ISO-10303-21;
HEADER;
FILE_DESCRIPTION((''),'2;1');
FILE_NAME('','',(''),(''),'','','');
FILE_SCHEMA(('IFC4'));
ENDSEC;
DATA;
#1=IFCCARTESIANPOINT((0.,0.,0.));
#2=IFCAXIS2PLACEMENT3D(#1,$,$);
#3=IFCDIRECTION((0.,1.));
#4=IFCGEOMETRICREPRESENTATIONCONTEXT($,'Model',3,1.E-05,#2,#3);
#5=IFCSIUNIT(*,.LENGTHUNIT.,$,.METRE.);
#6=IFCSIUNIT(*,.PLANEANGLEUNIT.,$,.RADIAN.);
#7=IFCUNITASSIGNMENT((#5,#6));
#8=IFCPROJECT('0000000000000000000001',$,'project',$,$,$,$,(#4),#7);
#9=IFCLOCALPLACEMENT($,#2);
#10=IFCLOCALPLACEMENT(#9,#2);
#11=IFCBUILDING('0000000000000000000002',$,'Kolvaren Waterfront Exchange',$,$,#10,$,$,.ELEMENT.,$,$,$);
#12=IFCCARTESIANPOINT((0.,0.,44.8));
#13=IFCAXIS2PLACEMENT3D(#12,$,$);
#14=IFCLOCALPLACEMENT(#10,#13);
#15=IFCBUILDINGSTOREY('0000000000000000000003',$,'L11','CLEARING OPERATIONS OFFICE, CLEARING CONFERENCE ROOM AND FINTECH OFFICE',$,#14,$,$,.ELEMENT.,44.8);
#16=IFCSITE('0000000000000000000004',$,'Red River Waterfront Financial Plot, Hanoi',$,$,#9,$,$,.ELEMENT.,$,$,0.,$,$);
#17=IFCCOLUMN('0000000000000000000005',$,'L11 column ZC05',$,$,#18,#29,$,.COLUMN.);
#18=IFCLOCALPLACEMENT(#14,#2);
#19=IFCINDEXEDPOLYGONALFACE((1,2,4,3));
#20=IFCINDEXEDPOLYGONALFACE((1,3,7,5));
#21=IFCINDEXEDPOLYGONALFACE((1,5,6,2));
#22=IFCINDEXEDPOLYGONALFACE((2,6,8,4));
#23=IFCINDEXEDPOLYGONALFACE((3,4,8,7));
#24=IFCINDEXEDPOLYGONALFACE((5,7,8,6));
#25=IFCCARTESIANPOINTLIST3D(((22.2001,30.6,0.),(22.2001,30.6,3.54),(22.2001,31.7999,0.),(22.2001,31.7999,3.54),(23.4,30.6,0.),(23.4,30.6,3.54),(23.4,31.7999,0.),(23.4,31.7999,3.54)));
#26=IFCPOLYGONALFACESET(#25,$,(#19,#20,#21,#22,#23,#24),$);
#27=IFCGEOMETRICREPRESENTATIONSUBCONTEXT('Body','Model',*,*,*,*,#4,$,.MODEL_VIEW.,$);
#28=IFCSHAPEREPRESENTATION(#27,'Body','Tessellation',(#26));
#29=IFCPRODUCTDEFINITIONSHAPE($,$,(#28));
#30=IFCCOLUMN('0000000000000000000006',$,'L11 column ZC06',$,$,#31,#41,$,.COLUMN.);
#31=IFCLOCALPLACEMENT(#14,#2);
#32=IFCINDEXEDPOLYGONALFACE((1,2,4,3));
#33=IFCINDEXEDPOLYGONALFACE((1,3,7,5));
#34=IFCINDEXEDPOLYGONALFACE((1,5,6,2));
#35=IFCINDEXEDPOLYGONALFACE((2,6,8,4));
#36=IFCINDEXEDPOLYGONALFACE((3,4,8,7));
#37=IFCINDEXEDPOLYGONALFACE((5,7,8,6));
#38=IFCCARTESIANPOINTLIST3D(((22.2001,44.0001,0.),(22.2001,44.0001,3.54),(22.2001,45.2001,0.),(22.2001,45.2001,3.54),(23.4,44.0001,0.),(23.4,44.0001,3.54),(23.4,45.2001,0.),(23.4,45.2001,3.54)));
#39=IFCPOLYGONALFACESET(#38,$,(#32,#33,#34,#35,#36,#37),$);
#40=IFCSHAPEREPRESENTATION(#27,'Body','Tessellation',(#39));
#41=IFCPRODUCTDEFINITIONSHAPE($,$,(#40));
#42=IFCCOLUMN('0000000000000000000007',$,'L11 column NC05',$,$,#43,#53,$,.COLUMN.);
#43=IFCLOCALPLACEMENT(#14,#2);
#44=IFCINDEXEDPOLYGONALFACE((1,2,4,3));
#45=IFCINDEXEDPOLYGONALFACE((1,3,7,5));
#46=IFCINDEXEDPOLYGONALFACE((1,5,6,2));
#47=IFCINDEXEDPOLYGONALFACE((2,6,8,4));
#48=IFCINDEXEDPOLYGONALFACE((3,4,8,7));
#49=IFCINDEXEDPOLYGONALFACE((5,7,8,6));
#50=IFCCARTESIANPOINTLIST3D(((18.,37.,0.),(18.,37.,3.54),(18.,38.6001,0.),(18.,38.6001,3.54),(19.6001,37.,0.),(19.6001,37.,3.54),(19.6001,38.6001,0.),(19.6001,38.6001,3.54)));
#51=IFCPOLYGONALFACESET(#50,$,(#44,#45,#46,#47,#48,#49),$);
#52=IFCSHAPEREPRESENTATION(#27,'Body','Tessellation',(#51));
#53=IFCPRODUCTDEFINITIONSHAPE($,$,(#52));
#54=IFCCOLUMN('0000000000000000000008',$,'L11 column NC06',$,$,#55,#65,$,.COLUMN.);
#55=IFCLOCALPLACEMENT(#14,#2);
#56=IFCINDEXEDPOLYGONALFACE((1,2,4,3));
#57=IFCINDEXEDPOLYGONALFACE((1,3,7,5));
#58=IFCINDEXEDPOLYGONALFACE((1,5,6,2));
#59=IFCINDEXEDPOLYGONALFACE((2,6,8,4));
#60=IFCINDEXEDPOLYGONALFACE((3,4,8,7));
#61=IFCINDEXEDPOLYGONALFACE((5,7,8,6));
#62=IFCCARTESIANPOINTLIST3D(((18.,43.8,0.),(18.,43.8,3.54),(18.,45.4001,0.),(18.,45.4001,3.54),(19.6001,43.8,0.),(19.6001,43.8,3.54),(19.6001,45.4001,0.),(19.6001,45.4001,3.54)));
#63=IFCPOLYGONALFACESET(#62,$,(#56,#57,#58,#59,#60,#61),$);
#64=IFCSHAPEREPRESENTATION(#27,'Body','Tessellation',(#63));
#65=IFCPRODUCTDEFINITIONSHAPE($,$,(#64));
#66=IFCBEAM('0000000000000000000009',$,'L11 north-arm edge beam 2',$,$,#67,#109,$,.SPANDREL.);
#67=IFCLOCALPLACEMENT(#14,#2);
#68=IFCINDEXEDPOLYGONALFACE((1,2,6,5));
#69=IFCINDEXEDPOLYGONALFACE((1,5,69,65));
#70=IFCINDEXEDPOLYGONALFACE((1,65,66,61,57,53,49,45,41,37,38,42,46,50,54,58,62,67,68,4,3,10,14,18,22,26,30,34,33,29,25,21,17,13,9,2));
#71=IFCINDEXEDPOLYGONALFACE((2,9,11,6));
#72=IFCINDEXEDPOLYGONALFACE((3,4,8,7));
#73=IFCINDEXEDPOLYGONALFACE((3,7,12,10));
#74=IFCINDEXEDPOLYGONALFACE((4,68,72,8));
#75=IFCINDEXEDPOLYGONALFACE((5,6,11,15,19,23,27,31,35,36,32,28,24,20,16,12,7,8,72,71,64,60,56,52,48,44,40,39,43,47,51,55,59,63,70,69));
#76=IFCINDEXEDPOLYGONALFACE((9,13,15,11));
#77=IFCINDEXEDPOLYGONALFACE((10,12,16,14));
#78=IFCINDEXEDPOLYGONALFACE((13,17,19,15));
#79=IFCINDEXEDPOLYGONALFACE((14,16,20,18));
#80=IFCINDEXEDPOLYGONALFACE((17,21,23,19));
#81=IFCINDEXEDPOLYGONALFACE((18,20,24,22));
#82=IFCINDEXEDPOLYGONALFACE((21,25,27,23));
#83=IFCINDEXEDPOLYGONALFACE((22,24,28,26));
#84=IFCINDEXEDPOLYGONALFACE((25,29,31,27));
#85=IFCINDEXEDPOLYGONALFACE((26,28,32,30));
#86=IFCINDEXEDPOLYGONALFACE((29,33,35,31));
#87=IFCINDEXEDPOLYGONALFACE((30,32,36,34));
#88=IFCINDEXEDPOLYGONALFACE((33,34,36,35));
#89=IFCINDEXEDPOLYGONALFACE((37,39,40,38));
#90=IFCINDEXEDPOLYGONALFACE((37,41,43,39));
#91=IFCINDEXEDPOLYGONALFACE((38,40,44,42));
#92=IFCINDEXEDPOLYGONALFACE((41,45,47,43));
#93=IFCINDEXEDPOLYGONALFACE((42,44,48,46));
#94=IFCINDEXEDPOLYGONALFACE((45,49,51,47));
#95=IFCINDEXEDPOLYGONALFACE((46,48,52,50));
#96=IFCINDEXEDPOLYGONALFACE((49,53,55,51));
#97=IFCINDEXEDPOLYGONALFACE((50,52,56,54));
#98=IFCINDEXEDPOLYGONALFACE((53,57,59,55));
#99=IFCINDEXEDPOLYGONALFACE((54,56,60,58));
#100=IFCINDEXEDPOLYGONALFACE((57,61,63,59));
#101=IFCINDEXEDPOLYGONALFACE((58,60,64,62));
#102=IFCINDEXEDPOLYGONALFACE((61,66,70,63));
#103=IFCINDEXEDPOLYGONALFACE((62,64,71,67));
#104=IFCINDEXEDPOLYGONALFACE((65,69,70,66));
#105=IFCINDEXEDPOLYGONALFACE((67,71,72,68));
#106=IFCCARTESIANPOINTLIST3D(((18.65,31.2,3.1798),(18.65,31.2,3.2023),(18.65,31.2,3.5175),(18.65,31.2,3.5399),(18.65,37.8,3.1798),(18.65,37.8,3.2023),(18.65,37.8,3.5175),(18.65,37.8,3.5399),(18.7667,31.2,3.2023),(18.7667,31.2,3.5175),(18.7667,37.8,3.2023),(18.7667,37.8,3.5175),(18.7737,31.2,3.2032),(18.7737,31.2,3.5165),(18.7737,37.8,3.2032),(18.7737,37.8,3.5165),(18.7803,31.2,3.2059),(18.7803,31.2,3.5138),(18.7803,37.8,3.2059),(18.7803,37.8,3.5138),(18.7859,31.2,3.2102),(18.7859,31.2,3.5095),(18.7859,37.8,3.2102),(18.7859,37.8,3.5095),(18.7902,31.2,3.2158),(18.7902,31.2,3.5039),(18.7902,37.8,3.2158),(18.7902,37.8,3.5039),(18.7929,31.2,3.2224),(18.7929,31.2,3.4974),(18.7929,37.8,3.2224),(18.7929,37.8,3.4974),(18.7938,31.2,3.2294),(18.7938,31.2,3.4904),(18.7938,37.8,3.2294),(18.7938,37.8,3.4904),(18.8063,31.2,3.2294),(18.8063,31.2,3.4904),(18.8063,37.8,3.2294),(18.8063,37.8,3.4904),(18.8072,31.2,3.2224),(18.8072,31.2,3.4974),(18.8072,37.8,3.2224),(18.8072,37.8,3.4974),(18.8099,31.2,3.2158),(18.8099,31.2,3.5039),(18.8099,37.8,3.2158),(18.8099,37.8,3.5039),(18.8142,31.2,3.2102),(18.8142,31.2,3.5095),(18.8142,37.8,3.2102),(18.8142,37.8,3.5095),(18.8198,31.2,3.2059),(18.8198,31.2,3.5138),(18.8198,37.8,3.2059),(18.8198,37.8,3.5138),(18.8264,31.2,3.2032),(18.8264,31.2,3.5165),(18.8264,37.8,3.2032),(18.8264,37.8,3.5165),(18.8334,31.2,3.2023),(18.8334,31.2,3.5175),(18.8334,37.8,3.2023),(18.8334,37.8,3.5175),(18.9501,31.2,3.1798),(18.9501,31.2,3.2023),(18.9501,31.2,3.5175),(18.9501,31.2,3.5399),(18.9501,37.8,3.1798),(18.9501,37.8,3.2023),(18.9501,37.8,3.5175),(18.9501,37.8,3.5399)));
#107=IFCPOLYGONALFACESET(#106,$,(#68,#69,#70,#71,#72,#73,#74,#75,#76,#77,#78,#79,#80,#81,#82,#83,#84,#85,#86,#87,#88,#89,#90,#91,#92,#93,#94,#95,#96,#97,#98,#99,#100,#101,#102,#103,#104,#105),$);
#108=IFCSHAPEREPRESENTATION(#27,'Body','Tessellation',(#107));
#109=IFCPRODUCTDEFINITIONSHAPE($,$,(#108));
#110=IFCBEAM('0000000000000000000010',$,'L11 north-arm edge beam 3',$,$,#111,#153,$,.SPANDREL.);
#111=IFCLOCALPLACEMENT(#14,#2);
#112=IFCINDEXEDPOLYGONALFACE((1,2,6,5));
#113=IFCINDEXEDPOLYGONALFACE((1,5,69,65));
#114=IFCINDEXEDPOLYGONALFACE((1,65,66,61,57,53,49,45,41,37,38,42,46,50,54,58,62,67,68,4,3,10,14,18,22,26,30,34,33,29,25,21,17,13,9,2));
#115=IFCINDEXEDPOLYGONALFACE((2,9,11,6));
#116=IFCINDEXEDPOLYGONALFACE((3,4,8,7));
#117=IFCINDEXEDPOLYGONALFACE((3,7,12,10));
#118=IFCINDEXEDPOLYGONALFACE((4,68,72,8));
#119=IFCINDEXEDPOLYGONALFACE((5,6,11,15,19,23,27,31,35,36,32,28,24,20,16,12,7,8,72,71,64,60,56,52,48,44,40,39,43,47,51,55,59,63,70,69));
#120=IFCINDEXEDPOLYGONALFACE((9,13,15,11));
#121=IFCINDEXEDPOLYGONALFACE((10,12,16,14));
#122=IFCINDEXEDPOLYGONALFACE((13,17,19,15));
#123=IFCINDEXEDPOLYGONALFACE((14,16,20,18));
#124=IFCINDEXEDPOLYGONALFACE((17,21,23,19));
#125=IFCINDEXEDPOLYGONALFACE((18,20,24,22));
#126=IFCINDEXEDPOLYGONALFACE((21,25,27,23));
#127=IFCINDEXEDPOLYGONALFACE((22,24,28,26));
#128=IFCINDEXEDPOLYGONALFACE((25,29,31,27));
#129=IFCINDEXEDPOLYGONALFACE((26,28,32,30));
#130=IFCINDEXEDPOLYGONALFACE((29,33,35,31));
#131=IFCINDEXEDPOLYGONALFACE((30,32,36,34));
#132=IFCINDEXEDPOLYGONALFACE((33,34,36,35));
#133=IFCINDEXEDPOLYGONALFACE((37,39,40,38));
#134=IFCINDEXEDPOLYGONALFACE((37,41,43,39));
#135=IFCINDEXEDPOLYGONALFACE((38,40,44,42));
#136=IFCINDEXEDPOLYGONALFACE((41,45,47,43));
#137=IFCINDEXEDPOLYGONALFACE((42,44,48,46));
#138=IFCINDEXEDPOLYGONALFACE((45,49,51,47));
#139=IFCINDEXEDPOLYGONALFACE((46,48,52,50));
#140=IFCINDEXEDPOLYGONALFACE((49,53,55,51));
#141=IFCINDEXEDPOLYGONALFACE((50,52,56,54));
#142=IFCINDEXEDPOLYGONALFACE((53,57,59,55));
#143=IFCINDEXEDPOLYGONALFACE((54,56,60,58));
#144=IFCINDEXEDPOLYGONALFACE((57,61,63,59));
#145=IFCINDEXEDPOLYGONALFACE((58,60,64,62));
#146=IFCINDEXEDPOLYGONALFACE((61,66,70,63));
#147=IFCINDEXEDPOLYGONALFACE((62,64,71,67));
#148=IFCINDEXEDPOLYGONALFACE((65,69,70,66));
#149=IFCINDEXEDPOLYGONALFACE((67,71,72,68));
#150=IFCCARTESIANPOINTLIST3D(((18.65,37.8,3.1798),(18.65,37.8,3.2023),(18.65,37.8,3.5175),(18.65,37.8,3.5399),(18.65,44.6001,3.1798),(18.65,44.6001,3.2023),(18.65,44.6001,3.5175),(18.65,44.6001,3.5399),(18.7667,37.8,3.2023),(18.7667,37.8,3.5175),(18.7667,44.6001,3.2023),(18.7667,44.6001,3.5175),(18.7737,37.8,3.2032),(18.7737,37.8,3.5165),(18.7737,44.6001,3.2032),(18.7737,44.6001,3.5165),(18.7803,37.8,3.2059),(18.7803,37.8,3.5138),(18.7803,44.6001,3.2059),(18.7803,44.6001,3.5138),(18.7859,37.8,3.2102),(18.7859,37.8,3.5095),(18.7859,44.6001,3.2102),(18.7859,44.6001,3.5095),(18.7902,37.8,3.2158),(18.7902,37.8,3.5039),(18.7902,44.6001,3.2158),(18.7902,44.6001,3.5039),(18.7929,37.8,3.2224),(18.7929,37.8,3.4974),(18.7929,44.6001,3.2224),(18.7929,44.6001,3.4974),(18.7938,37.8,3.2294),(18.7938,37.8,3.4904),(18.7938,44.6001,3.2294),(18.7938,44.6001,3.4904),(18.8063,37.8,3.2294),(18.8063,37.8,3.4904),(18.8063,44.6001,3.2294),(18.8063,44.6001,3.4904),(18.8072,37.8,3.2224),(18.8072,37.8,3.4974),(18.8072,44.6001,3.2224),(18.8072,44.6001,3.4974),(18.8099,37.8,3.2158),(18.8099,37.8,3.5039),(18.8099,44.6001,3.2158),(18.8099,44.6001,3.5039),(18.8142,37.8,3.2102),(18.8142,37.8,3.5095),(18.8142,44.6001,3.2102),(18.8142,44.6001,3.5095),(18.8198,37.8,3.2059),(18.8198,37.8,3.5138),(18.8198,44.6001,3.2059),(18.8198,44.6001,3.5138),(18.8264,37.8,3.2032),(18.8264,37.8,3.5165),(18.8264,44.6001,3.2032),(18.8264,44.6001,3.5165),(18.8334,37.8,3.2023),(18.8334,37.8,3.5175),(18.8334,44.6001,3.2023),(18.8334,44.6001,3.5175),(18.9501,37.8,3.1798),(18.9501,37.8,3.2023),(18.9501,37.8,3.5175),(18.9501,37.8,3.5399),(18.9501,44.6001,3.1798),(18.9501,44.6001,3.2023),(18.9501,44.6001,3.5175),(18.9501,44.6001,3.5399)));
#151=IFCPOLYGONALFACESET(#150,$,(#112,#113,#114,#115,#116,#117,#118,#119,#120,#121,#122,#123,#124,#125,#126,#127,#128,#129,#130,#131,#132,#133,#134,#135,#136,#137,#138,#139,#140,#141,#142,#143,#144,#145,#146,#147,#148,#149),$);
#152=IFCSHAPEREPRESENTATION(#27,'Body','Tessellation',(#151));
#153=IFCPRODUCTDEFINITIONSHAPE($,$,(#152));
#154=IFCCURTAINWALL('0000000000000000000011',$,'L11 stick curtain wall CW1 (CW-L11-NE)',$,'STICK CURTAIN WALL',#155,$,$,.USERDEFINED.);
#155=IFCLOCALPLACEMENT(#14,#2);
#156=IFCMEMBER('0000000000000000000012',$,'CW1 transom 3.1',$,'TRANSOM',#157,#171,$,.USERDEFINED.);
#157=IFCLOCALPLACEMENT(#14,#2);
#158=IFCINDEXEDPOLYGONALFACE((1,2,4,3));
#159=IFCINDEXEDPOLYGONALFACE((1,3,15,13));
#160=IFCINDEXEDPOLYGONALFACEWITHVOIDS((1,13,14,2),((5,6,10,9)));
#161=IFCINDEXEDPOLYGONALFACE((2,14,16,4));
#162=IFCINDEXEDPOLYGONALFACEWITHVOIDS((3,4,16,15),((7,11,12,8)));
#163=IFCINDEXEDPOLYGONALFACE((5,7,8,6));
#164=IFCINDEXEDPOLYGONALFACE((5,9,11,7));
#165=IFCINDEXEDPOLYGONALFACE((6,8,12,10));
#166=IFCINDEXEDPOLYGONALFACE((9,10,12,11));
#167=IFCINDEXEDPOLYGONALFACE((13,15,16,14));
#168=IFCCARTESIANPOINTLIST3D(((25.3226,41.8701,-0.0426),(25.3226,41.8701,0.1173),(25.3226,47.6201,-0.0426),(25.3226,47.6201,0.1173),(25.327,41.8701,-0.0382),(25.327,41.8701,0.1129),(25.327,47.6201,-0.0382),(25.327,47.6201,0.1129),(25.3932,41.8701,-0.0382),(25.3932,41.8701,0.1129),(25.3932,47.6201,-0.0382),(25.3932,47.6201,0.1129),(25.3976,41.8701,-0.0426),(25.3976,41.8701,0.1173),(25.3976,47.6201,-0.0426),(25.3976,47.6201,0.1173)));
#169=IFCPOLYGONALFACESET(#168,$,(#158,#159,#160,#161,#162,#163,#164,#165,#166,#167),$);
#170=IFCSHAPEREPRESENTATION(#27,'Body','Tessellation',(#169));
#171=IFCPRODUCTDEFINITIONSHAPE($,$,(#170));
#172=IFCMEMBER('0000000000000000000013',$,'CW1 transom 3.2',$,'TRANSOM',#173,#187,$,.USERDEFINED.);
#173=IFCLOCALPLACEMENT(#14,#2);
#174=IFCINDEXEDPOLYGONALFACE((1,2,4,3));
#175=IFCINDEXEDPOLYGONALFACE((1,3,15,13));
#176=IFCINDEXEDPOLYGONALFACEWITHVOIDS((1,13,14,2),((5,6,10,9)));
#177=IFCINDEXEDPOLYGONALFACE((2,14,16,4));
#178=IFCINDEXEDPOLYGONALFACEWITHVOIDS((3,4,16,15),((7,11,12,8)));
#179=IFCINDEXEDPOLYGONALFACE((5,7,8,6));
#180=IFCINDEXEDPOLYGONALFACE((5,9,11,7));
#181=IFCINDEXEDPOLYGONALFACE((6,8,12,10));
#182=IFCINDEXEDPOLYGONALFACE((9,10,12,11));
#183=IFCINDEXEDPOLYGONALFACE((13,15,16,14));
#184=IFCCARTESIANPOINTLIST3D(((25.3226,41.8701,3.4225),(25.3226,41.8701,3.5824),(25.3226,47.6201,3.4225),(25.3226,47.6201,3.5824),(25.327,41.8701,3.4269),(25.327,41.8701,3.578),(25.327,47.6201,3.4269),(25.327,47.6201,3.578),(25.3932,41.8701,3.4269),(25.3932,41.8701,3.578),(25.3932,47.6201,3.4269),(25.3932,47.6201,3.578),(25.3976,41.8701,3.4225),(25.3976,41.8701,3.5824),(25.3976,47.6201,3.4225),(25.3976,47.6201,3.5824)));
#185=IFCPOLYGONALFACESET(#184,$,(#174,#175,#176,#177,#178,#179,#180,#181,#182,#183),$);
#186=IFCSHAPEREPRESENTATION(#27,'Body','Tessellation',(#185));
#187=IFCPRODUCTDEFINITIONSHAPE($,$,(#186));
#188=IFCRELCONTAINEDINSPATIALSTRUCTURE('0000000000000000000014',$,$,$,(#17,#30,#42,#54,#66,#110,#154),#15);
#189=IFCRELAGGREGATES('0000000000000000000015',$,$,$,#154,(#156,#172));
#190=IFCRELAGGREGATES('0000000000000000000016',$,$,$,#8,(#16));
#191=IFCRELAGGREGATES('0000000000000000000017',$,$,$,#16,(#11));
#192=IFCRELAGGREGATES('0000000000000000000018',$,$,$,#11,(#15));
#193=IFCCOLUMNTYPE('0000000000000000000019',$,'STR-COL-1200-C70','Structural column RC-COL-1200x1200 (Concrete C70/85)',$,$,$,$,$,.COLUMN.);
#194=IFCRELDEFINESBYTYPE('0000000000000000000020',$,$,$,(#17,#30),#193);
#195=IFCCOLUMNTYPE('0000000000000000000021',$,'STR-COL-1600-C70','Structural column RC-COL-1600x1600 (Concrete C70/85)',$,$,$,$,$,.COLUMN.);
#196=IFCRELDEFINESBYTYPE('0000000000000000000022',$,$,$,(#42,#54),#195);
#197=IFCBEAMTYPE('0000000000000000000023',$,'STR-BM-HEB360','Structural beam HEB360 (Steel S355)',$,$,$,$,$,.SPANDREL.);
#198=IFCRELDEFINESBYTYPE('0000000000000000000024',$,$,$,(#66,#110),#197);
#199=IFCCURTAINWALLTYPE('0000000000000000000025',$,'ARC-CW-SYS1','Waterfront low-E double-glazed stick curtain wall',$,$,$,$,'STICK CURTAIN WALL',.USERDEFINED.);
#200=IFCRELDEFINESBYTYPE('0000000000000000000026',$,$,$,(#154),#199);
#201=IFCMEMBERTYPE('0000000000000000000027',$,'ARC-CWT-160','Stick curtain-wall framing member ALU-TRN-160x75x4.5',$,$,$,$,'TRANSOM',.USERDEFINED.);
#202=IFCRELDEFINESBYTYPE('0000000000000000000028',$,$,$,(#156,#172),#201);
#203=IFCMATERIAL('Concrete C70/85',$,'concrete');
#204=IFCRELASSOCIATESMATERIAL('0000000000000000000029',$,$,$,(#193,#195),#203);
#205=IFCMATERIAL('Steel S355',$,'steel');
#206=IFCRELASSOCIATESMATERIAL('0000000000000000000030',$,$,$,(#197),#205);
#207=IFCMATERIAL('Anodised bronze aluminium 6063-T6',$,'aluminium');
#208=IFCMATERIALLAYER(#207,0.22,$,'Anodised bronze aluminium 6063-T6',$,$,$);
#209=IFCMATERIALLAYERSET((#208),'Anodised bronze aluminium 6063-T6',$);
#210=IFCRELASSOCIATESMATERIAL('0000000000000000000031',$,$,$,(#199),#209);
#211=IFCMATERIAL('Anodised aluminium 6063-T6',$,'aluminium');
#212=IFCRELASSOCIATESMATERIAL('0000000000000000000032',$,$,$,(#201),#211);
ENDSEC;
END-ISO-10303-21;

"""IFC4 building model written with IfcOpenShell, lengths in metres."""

from ifc_helpers import new_model, si_unit, direction, frame, origin, origin_with_axes, origin_2d, place, context, subcontext, project, spatial, rectangle, hollow_rectangle, i_section, extrude, source, transform, mapped, material, layer, layer_set, material_profile, profile_set, type_object, element, aggregate, save


model = new_model("IFC4")

# Units and contexts
model_context = context("Model", 3, precision=1e-05, world=origin(), true_north=direction((0.0, 1.0)))
body_context = subcontext(model_context, "Body", "Model", "MODEL_VIEW")
ifc_project = project(units=[si_unit("LENGTHUNIT", "METRE"), si_unit("PLANEANGLEUNIT", "RADIAN")], contexts=[model_context])

# Site, building, storey
site_placement = place(None, origin())
site = spatial("IfcSite", under=ifc_project, at=site_placement, Name="Red River Waterfront Financial Plot, Hanoi", CompositionType="ELEMENT", RefElevation=0.0)
building_placement = place(site_placement, origin())
building = spatial("IfcBuilding", under=site, at=building_placement, Name="Kolvaren Waterfront Exchange", CompositionType="ELEMENT")
storey_placement = place(building_placement, frame((0.0, 0.0, 44.8)))
storey = spatial("IfcBuildingStorey", under=building, at=storey_placement, Name="L11", Description="CLEARING OPERATIONS OFFICE, CLEARING CONFERENCE ROOM AND FINTECH OFFICE", CompositionType="ELEMENT", Elevation=44.8)

# Columns
ifc_material_1 = material(Name="Concrete C70/85", Category="concrete")
ifc_material_profile_1 = material_profile(ifc_material_1, rectangle(XDim=1.2, YDim=1.2, at=origin_2d()), Name="RC-COL-1200x1200")
ifc_profile_set_1 = profile_set([ifc_material_profile_1], Name="Concrete C70/85")
column_type_1 = type_object("IfcColumnType", Name="STR-COL-1200-C70", Description="Structural column RC-COL-1200x1200 (Concrete C70/85)", PredefinedType="COLUMN", material=ifc_profile_set_1)
for number, where, z_axis, x_axis, name in (
    (1, (22.8, 31.2, 0.0), (0.0, 0.0, 1.0), (1.0, 0.0, 0.0), "L11 column ZC05"),
    (2, (22.8, 44.6001, 0.0), (0.0, 0.0, 1.0), (1.0, 0.0, 0.0), "L11 column ZC06"),
):
    element("IfcColumn", number, at=place(storey_placement, frame(where, z_axis=z_axis, x_axis=x_axis)), inside=storey, type_object=column_type_1, Name=name, PredefinedType="COLUMN", context=body_context, shape_type="SweptSolid", body=[
        extrude(rectangle(XDim=1.2, YDim=1.2, at=origin_2d()), origin(), (0.0, 0.0, 1.0), 3.54),
    ])
ifc_material_profile_2 = material_profile(ifc_material_1, rectangle(XDim=1.6001, YDim=1.6001, at=origin_2d()), Name="RC-COL-1600x1600")
ifc_profile_set_2 = profile_set([ifc_material_profile_2], Name="Concrete C70/85")
column_type_2 = type_object("IfcColumnType", Name="STR-COL-1600-C70", Description="Structural column RC-COL-1600x1600 (Concrete C70/85)", PredefinedType="COLUMN", material=ifc_profile_set_2)
for number, where, z_axis, x_axis, name in (
    (3, (18.8, 37.8, 0.0), (0.0, 0.0, 1.0), (1.0, 0.0, 0.0), "L11 column NC05"),
    (4, (18.8, 44.6001, 0.0), (0.0, 0.0, 1.0), (1.0, 0.0, 0.0), "L11 column NC06"),
):
    element("IfcColumn", number, at=place(storey_placement, frame(where, z_axis=z_axis, x_axis=x_axis)), inside=storey, type_object=column_type_2, Name=name, PredefinedType="COLUMN", context=body_context, shape_type="SweptSolid", body=[
        extrude(rectangle(XDim=1.6001, YDim=1.6001, at=origin_2d()), origin(), (0.0, 0.0, 1.0), 3.54),
    ])

# Beams
ifc_material_2 = material(Name="Steel S355", Category="steel")
ifc_material_profile_3 = material_profile(ifc_material_2, i_section(OverallWidth=0.3, OverallDepth=0.3601, WebThickness=0.0125, FlangeThickness=0.0225, FilletRadius=0.0271, at=origin_2d()), Name="HEB360")
ifc_profile_set_3 = profile_set([ifc_material_profile_3], Name="Steel S355")
beam_type = type_object("IfcBeamType", Name="STR-BM-HEB360", Description="Structural beam HEB360 (Steel S355)", PredefinedType="SPANDREL", material=ifc_profile_set_3)
beam_1_placement = place(storey_placement, frame((18.8, 31.2, 3.3599), z_axis=(0.0, 1.0, 0.0), x_axis=(-1.0, 0.0, 0.0)))
element("IfcBeam", 5, at=beam_1_placement, inside=storey, type_object=beam_type, Name="L11 north-arm edge beam 2", PredefinedType="SPANDREL", context=body_context, shape_type="SweptSolid", body=[
    extrude(i_section(OverallWidth=0.3, OverallDepth=0.3601, WebThickness=0.0125, FlangeThickness=0.0225, FilletRadius=0.0271, at=origin_2d()), origin(), (0.0, 0.0, 1.0), 6.6001),
])
beam_2_placement = place(storey_placement, frame((18.8, 37.8, 3.3599), z_axis=(0.0, 1.0, 0.0), x_axis=(-1.0, 0.0, 0.0)))
element("IfcBeam", 6, at=beam_2_placement, inside=storey, type_object=beam_type, Name="L11 north-arm edge beam 3", PredefinedType="SPANDREL", context=body_context, shape_type="SweptSolid", body=[
    extrude(i_section(OverallWidth=0.3, OverallDepth=0.3601, WebThickness=0.0125, FlangeThickness=0.0225, FilletRadius=0.0271, at=origin_2d()), origin(), (0.0, 0.0, 1.0), 6.8),
])

# Curtain wall, members
ifc_material_3 = material(Name="Anodised bronze aluminium 6063-T6", Category="aluminium")
ifc_layer_1 = layer(ifc_material_3, 0.22, Name="Anodised bronze aluminium 6063-T6")
ifc_layer_set_1 = layer_set([ifc_layer_1], Name="Anodised bronze aluminium 6063-T6")
curtain_wall_type = type_object("IfcCurtainWallType", Name="ARC-CW-SYS1", Description="Waterfront low-E double-glazed stick curtain wall", ElementType="STICK CURTAIN WALL", PredefinedType="USERDEFINED", material=ifc_layer_set_1)
curtain_wall_placement = place(storey_placement, origin())
curtain_wall = element("IfcCurtainWall", 7, at=curtain_wall_placement, inside=storey, type_object=curtain_wall_type, Name="L11 stick curtain wall CW1 (CW-L11-NE)", ObjectType="STICK CURTAIN WALL", PredefinedType="USERDEFINED")
ifc_material_4 = material(Name="Anodised aluminium 6063-T6", Category="aluminium")
ifc_material_profile_4 = material_profile(ifc_material_4, hollow_rectangle(XDim=0.075, YDim=0.1599, WallThickness=0.0044, at=origin_2d()), Name="ALU-TRN-160x75x4.5")
ifc_profile_set_4 = profile_set([ifc_material_profile_4], Name="Anodised aluminium 6063-T6")
member_type_1 = type_object("IfcMemberType", Name="ARC-CWT-160", Description="Stick curtain-wall framing member ALU-TRN-160x75x4.5", ElementType="TRANSOM", PredefinedType="USERDEFINED", material=ifc_profile_set_4)
shared_shape_1 = source(origin_with_axes(), body_context, "Body", "SweptSolid", [
    extrude(hollow_rectangle(XDim=0.075, YDim=0.1599, WallThickness=0.0044, at=origin_2d()), origin(), (0.0, 0.0, 1.0), 5.75),
])
member_1_placement = place(storey_placement, frame((25.3601, 41.8701, 0.0374), z_axis=(0.0, 1.0, 0.0), x_axis=(-1.0, 0.0, 0.0)))
member_1 = element("IfcMember", 8, at=member_1_placement, type_object=member_type_1, Name="CW1 transom 3.1", ObjectType="TRANSOM", PredefinedType="USERDEFINED", context=body_context, shape_type="MappedRepresentation", body=[
    mapped(shared_shape_1, transform((0.0, 0.0, 0.0), x_axis=(1.0, 0.0, 0.0), y_axis=(0.0, 1.0, 0.0), z_axis=(0.0, 0.0, 1.0), scale=1.0)),
])
member_2_placement = place(storey_placement, frame((25.3601, 41.8701, 3.5024), z_axis=(0.0, 1.0, 0.0), x_axis=(-1.0, 0.0, 0.0)))
member_2 = element("IfcMember", 9, at=member_2_placement, type_object=member_type_1, Name="CW1 transom 3.2", ObjectType="TRANSOM", PredefinedType="USERDEFINED", context=body_context, shape_type="MappedRepresentation", body=[
    mapped(shared_shape_1, transform((0.0, 0.0, 0.0), x_axis=(1.0, 0.0, 0.0), y_axis=(0.0, 1.0, 0.0), z_axis=(0.0, 0.0, 1.0), scale=1.0)),
])
aggregate(curtain_wall, [member_1, member_2])

save(model, "model.ifc")
